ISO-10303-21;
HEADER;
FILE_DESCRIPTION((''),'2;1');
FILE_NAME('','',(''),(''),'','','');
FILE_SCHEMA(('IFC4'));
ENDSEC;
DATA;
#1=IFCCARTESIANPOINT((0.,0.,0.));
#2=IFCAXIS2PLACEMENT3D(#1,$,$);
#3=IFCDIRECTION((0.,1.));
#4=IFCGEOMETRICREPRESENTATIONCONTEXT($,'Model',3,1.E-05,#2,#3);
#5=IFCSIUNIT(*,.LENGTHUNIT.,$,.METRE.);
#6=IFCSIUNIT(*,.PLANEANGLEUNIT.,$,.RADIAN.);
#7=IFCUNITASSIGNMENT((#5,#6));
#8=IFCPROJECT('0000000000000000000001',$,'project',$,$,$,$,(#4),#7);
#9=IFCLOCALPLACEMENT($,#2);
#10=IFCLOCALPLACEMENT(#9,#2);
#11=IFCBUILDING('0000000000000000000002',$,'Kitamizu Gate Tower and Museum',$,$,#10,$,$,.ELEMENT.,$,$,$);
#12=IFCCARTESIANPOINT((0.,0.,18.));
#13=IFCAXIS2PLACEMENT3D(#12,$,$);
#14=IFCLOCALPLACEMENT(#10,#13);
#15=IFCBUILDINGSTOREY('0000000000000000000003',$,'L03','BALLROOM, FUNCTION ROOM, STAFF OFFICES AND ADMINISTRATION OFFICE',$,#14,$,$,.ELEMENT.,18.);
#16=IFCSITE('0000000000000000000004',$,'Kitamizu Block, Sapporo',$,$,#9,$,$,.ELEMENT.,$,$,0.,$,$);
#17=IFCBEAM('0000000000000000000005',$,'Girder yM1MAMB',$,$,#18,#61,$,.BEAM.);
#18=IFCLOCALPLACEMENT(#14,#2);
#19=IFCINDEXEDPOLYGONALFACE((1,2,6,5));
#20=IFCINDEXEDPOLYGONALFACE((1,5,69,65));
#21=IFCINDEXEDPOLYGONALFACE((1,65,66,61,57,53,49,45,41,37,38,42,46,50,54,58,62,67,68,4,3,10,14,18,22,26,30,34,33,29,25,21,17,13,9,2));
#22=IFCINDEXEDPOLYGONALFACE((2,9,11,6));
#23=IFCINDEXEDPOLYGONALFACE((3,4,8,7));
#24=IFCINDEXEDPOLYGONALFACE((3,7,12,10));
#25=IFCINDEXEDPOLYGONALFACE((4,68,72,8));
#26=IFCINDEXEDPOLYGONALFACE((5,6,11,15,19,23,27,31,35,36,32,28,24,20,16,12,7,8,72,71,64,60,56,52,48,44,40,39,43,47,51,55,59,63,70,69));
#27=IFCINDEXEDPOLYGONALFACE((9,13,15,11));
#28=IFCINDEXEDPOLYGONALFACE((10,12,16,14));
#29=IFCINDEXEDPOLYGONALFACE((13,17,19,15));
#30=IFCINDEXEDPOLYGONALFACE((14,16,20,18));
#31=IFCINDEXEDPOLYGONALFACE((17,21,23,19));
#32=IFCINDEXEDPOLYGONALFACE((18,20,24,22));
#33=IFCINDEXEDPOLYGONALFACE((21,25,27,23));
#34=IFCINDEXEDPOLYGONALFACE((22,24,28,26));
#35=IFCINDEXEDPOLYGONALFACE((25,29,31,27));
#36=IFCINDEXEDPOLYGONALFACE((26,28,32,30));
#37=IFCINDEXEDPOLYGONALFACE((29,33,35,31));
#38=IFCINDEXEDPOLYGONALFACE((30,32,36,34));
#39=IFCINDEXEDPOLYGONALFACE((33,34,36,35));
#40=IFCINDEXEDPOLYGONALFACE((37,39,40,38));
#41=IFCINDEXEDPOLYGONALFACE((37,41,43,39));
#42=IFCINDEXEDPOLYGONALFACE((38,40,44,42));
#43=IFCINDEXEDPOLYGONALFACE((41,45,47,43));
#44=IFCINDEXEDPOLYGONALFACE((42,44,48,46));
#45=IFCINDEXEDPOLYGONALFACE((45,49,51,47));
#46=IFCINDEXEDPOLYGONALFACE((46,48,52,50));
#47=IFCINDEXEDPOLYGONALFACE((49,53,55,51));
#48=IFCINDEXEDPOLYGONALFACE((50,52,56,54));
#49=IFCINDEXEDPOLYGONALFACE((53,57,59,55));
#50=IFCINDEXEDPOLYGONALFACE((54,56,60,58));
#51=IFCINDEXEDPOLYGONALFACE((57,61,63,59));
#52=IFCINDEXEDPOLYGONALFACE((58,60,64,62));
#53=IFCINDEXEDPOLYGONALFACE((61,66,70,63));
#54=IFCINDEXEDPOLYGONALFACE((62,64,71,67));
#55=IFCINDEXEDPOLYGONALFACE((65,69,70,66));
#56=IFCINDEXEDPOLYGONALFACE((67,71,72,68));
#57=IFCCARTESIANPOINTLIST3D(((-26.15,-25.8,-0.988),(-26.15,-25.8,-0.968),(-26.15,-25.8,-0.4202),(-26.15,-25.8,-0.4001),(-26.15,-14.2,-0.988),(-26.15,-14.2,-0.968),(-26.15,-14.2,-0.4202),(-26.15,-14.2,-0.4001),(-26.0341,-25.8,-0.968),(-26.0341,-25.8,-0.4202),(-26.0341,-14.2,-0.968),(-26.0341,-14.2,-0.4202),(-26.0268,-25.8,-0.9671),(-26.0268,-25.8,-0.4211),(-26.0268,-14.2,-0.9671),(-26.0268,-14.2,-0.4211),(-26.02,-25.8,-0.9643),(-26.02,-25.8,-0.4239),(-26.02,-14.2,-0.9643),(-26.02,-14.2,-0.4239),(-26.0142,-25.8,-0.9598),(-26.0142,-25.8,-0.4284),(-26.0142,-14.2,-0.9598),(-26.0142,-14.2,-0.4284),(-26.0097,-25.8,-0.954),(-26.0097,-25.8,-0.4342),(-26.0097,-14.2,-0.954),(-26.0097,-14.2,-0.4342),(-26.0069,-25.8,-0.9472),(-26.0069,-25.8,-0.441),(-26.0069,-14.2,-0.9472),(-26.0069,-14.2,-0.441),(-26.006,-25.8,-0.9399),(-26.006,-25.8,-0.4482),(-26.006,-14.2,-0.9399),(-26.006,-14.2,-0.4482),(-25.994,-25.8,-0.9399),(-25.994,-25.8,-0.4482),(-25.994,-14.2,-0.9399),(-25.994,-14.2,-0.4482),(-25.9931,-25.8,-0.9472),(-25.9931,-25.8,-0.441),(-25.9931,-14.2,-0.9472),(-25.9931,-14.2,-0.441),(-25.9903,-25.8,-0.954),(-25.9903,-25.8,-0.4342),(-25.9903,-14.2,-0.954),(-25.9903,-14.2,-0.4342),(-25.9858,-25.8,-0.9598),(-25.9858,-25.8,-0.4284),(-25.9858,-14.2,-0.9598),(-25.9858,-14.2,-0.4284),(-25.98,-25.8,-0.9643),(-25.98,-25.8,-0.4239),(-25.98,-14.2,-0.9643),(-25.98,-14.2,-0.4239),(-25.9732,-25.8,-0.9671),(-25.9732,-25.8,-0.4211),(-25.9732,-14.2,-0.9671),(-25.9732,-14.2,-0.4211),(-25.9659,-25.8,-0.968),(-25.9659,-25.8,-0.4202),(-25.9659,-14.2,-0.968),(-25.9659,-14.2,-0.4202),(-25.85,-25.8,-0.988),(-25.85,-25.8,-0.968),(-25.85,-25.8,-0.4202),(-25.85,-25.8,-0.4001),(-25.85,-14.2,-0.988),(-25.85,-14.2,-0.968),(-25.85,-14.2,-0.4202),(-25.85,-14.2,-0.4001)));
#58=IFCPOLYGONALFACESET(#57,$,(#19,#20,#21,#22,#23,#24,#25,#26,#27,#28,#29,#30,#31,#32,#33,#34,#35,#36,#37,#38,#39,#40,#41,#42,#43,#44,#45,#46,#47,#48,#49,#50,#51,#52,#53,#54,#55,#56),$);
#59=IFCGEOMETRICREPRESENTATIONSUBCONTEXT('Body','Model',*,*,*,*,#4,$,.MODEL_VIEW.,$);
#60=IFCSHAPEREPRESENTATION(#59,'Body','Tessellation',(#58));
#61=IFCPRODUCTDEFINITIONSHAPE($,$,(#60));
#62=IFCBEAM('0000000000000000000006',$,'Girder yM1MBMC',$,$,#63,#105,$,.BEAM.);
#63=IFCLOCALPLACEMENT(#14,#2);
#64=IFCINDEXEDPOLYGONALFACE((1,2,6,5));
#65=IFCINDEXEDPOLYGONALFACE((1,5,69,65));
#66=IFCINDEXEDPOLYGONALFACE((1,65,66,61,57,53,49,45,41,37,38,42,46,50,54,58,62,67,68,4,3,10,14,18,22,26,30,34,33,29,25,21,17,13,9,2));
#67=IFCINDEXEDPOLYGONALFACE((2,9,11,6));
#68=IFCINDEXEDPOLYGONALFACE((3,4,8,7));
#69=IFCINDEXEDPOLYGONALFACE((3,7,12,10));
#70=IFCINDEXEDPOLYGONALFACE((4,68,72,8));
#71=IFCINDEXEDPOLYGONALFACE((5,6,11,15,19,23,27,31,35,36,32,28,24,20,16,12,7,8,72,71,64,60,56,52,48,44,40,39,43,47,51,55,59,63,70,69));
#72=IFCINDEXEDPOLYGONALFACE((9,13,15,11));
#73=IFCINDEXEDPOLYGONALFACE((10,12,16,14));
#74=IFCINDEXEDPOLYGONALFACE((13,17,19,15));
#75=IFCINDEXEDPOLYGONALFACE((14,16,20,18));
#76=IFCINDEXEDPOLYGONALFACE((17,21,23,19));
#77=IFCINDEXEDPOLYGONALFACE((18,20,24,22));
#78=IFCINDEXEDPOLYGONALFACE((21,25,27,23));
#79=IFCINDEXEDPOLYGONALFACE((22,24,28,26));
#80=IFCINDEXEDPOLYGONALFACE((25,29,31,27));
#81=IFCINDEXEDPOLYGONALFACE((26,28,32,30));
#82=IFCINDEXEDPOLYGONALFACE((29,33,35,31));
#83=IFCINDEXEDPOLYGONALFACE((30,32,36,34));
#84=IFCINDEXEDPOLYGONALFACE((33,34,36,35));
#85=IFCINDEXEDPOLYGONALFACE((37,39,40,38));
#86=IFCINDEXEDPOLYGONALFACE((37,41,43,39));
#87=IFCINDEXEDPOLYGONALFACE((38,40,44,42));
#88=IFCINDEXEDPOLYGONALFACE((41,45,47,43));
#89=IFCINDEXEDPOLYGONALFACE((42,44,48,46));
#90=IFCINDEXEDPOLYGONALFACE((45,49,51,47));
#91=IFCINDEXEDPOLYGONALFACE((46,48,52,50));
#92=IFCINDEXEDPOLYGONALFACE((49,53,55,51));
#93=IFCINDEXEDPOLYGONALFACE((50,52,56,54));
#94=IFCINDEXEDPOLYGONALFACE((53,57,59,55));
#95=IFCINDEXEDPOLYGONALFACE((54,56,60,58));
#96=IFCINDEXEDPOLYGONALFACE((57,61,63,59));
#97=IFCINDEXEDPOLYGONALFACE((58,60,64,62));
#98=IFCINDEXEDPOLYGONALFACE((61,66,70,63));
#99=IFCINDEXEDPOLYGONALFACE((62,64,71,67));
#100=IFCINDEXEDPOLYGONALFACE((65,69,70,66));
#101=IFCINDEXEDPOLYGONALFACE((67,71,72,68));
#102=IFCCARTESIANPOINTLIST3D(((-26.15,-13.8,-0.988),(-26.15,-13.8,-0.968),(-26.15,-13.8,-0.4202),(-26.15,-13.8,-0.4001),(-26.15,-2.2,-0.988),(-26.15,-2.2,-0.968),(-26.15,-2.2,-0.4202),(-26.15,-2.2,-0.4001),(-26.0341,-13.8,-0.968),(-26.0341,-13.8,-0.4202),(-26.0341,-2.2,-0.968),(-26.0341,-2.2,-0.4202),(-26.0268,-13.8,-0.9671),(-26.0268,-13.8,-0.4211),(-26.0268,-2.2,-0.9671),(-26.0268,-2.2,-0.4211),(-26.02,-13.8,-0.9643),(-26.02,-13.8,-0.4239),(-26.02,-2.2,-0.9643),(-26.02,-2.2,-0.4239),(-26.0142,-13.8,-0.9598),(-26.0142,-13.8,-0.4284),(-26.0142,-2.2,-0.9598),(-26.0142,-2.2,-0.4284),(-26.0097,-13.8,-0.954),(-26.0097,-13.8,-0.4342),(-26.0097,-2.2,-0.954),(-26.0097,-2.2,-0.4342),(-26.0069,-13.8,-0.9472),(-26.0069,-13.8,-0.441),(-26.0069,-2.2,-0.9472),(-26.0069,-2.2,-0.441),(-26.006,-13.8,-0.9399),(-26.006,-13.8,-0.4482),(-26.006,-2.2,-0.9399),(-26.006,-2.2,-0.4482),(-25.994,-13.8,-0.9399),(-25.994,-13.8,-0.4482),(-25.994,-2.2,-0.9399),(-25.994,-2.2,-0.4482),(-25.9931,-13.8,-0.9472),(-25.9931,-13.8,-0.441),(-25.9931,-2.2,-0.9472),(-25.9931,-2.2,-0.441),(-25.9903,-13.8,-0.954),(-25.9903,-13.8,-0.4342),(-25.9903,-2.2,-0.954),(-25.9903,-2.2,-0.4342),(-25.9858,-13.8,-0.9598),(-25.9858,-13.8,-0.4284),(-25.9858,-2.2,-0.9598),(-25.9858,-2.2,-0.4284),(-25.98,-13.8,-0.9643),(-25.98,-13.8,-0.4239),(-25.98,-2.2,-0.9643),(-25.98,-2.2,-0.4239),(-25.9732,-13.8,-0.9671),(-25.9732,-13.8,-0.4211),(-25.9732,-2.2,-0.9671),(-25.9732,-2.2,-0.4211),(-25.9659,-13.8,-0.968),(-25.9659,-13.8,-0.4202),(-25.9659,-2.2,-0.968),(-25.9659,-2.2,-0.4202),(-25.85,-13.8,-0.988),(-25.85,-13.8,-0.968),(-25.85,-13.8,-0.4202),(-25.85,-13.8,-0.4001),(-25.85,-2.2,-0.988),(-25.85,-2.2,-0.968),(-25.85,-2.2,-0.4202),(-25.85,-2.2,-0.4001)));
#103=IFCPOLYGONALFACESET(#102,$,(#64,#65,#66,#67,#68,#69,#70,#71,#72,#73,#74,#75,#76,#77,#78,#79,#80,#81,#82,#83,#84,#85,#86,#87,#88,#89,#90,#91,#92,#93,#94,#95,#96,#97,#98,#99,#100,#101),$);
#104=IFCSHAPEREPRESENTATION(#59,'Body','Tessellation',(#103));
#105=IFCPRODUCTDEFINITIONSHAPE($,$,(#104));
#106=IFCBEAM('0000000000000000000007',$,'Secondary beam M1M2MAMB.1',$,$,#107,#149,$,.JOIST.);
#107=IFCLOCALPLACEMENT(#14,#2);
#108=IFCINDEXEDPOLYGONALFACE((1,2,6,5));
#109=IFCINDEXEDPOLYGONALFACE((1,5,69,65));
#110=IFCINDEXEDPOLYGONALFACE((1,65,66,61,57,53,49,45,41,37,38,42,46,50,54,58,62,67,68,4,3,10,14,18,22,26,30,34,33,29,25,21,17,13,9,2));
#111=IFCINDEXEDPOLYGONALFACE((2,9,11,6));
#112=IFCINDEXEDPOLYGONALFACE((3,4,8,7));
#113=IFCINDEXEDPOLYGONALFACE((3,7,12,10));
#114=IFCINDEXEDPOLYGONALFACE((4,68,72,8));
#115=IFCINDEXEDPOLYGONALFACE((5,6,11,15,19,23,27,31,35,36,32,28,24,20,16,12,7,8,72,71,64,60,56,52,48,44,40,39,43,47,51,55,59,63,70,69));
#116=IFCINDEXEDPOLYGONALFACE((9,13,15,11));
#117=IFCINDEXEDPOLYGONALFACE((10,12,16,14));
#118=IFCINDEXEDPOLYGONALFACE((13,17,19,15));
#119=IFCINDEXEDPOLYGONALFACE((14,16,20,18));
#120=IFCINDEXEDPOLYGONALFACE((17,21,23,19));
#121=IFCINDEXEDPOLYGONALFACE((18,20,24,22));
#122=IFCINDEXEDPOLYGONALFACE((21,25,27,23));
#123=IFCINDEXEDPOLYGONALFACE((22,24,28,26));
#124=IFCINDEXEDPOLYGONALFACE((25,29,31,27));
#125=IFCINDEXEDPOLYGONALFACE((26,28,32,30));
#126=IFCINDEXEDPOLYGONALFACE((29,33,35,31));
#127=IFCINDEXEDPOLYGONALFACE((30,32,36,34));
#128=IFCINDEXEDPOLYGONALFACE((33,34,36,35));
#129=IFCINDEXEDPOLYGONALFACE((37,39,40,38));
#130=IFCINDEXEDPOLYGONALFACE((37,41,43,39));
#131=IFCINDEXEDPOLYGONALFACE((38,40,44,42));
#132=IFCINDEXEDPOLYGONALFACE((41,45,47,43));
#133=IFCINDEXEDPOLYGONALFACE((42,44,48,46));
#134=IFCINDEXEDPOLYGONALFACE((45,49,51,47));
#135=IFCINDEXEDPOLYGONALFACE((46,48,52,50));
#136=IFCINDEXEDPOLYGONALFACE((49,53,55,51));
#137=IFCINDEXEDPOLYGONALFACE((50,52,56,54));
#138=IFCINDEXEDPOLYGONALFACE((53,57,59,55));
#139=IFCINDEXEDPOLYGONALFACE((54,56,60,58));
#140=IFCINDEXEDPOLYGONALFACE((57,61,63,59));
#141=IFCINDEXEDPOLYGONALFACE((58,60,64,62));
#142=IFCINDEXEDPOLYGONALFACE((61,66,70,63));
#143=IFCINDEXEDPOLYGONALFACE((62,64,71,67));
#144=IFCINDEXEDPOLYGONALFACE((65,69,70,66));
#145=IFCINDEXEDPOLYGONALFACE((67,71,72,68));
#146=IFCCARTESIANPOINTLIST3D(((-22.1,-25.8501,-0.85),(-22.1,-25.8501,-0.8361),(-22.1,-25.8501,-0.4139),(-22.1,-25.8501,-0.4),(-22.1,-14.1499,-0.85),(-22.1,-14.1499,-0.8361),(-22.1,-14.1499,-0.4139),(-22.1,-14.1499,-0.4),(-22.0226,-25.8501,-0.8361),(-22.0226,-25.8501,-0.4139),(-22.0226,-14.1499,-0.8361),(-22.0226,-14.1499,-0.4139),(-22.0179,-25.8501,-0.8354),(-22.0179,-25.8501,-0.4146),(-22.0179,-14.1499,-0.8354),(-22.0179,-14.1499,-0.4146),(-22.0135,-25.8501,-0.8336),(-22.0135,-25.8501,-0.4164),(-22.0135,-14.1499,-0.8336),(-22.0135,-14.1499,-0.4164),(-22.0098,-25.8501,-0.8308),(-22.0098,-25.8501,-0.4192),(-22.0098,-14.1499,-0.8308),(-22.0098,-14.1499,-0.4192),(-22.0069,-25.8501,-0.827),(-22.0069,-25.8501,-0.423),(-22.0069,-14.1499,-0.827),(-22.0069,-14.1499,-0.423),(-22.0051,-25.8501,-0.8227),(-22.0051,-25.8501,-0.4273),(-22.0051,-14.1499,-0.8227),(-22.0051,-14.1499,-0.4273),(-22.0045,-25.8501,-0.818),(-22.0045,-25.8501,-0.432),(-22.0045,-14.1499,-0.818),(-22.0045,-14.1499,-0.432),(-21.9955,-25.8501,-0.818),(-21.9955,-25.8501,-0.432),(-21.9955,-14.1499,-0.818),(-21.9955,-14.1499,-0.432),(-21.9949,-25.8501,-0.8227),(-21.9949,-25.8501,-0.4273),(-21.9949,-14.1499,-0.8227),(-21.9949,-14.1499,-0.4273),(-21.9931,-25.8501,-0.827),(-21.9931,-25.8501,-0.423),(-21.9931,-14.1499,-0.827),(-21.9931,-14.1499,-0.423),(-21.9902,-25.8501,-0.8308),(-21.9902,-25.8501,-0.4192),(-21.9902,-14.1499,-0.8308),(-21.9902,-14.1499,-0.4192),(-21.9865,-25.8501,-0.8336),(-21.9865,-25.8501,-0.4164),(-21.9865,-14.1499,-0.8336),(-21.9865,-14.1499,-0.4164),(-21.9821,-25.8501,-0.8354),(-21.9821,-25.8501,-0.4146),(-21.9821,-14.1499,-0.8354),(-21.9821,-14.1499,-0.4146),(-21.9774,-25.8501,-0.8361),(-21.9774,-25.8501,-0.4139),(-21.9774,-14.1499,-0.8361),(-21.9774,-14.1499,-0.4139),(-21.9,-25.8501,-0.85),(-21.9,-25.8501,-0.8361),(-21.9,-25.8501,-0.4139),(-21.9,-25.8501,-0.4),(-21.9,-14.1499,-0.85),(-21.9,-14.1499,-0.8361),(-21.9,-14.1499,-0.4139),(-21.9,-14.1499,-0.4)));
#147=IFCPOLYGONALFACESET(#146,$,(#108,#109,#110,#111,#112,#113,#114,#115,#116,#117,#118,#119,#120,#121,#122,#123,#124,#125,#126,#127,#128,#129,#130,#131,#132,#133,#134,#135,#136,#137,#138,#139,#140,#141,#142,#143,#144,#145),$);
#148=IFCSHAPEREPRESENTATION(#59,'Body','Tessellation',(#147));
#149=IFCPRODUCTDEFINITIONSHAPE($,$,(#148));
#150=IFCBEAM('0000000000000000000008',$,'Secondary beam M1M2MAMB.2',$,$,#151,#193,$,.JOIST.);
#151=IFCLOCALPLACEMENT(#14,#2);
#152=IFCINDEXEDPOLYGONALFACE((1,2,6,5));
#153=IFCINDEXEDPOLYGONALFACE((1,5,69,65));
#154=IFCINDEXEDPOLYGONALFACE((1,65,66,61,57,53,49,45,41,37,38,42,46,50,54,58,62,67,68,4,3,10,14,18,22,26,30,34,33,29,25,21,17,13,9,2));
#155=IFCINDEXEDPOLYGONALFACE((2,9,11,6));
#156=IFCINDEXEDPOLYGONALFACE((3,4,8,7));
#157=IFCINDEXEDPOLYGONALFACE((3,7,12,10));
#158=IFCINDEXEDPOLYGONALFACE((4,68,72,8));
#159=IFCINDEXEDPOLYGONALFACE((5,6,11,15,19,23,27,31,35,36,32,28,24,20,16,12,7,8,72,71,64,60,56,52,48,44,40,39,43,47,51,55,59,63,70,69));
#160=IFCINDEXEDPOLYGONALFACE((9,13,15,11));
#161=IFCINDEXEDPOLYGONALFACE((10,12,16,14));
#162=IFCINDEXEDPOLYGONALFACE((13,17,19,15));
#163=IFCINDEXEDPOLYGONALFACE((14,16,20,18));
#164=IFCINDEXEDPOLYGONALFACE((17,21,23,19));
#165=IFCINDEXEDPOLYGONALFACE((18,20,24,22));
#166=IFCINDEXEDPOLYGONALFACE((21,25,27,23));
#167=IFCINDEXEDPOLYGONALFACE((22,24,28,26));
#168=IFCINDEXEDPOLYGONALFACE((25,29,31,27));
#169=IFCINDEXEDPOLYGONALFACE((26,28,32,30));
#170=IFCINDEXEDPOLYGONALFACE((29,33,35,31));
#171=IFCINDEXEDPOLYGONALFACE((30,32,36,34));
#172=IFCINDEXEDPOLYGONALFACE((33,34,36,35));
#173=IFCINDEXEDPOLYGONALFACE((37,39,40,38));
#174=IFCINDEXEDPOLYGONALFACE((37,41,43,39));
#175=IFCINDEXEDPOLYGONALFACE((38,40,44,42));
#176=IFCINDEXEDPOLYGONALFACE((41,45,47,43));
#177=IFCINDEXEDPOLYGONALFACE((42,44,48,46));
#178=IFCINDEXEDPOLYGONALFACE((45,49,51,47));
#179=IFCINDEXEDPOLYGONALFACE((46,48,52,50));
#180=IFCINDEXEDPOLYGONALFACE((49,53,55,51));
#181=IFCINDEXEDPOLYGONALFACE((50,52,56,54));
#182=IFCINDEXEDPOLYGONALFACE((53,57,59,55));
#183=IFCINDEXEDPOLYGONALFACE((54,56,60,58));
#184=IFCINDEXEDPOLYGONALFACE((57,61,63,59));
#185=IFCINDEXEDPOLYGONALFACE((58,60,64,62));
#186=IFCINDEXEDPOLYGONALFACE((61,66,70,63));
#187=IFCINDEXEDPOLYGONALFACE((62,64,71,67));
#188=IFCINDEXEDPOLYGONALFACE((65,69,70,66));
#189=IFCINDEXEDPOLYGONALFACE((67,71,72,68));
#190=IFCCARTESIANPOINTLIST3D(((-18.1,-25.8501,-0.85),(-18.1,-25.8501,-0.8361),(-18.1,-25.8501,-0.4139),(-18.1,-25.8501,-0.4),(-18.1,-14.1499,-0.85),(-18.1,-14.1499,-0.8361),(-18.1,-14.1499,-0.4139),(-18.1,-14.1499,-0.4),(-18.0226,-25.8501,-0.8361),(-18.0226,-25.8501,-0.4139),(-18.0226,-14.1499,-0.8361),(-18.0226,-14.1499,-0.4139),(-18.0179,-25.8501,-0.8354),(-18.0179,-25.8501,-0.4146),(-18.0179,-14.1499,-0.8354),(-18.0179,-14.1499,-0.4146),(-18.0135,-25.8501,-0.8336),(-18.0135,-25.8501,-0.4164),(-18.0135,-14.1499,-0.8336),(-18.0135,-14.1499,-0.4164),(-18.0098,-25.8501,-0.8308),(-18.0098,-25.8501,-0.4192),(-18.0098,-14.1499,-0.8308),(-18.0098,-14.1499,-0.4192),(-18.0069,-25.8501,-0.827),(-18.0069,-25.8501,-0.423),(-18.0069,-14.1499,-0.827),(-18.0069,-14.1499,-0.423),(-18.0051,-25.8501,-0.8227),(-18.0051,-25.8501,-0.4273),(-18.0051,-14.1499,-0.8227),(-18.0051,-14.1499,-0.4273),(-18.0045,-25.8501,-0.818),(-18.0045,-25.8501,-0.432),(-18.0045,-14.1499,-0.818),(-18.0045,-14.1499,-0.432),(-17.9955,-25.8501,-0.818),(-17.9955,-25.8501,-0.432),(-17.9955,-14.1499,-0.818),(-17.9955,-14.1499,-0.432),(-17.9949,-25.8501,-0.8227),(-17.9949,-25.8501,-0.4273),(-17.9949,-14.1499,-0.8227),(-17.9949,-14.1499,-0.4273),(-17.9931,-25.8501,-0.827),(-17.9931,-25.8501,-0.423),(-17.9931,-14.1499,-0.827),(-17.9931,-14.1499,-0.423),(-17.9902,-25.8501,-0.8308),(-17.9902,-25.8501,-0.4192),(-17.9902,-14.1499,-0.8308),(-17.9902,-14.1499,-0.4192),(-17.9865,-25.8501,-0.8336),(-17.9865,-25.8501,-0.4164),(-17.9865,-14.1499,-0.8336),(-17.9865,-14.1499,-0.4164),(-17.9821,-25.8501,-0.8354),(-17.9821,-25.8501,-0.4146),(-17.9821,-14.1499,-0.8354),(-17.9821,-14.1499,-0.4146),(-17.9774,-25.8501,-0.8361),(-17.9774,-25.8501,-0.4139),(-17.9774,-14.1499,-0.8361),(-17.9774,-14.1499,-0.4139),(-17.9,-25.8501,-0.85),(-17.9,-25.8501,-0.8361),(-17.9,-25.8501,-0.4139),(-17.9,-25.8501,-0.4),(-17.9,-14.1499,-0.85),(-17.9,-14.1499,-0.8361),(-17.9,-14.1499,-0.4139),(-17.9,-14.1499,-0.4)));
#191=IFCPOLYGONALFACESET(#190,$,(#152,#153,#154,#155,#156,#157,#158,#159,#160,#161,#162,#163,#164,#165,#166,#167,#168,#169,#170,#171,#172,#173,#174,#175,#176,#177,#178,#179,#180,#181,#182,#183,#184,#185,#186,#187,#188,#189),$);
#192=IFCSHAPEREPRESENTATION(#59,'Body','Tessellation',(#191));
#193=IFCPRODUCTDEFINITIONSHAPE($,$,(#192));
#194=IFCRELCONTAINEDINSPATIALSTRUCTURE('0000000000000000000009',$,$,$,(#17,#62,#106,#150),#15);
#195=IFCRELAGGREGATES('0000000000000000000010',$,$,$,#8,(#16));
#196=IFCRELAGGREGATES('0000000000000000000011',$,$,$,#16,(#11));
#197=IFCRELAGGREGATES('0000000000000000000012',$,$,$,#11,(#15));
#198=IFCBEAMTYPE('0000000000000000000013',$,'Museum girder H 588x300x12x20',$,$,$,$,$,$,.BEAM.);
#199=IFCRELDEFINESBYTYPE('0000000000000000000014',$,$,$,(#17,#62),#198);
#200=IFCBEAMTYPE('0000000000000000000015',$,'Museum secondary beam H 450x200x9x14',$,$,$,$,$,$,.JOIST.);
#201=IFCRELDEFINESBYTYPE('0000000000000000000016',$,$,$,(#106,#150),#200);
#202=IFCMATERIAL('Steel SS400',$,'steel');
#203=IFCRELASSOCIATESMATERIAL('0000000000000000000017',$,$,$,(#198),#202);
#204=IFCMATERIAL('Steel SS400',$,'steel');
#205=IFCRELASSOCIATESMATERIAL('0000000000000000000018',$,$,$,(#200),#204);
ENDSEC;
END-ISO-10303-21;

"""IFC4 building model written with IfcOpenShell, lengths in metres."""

from ifc_helpers import new_model, si_unit, direction, frame, origin, origin_2d, place, context, subcontext, project, spatial, i_section, extrude, material, material_profile, profile_set, type_object, element, save


model = new_model("IFC4")

# Units and contexts
model_context = context("Model", 3, precision=1e-05, world=origin(), true_north=direction((0.0, 1.0)))
body_context = subcontext(model_context, "Body", "Model", "MODEL_VIEW")
ifc_project = project(units=[si_unit("LENGTHUNIT", "METRE"), si_unit("PLANEANGLEUNIT", "RADIAN")], contexts=[model_context])

# Site, building, storey
site_placement = place(None, origin())
site = spatial("IfcSite", under=ifc_project, at=site_placement, Name="Kitamizu Block, Sapporo", CompositionType="ELEMENT", RefElevation=0.0)
building_placement = place(site_placement, origin())
building = spatial("IfcBuilding", under=site, at=building_placement, Name="Kitamizu Gate Tower and Museum", CompositionType="ELEMENT")
storey_placement = place(building_placement, frame((0.0, 0.0, 18.0)))
storey = spatial("IfcBuildingStorey", under=building, at=storey_placement, Name="L03", Description="BALLROOM, FUNCTION ROOM, STAFF OFFICES AND ADMINISTRATION OFFICE", CompositionType="ELEMENT", Elevation=18.0)

# Beams
ifc_material_1 = material(Name="Steel SS400", Category="steel")
ifc_material_profile_1 = material_profile(ifc_material_1, i_section(OverallWidth=0.3, OverallDepth=0.5879, WebThickness=0.012, FlangeThickness=0.02, FilletRadius=0.0281, at=origin_2d()), Name="H-588x300x12x20")
ifc_profile_set_1 = profile_set([ifc_material_profile_1], Name="Steel SS400")
beam_type_1 = type_object("IfcBeamType", Name="Museum girder H 588x300x12x20", PredefinedType="BEAM", material=ifc_profile_set_1)
for number, where, z_axis, x_axis, name in (
    (1, (-26.0, -25.8, -0.6941), (0.0, 1.0, 0.0), (-1.0, 0.0, 0.0), "Girder yM1MAMB"),
    (2, (-26.0, -13.8, -0.6941), (0.0, 1.0, 0.0), (-1.0, 0.0, 0.0), "Girder yM1MBMC"),
):
    element("IfcBeam", number, at=place(storey_placement, frame(where, z_axis=z_axis, x_axis=x_axis)), inside=storey, type_object=beam_type_1, Name=name, PredefinedType="BEAM", context=body_context, shape_type="SweptSolid", body=[
        extrude(i_section(OverallWidth=0.3, OverallDepth=0.5879, WebThickness=0.012, FlangeThickness=0.02, FilletRadius=0.0281, at=origin_2d()), origin(), (0.0, 0.0, 1.0), 11.6001),
    ])
ifc_material_2 = material(Name="Steel SS400", Category="steel")
ifc_material_profile_2 = material_profile(ifc_material_2, i_section(OverallWidth=0.2, OverallDepth=0.45, WebThickness=0.009, FlangeThickness=0.0139, FilletRadius=0.0181, at=origin_2d()), Name="H-450x200x9x14")
ifc_profile_set_2 = profile_set([ifc_material_profile_2], Name="Steel SS400")
beam_type_2 = type_object("IfcBeamType", Name="Museum secondary beam H 450x200x9x14", PredefinedType="JOIST", material=ifc_profile_set_2)
for number, where, z_axis, x_axis, name in (
    (3, (-22.0, -25.8501, -0.625), (0.0, 1.0, 0.0), (-1.0, 0.0, 0.0), "Secondary beam M1M2MAMB.1"),
    (4, (-18.0, -25.8501, -0.625), (0.0, 1.0, 0.0), (-1.0, 0.0, 0.0), "Secondary beam M1M2MAMB.2"),
):
    element("IfcBeam", number, at=place(storey_placement, frame(where, z_axis=z_axis, x_axis=x_axis)), inside=storey, type_object=beam_type_2, Name=name, PredefinedType="JOIST", context=body_context, shape_type="SweptSolid", body=[
        extrude(i_section(OverallWidth=0.2, OverallDepth=0.45, WebThickness=0.009, FlangeThickness=0.0139, FilletRadius=0.0181, at=origin_2d()), origin(), (0.0, 0.0, 1.0), 11.7002),
    ])

save(model, "model.ifc")
